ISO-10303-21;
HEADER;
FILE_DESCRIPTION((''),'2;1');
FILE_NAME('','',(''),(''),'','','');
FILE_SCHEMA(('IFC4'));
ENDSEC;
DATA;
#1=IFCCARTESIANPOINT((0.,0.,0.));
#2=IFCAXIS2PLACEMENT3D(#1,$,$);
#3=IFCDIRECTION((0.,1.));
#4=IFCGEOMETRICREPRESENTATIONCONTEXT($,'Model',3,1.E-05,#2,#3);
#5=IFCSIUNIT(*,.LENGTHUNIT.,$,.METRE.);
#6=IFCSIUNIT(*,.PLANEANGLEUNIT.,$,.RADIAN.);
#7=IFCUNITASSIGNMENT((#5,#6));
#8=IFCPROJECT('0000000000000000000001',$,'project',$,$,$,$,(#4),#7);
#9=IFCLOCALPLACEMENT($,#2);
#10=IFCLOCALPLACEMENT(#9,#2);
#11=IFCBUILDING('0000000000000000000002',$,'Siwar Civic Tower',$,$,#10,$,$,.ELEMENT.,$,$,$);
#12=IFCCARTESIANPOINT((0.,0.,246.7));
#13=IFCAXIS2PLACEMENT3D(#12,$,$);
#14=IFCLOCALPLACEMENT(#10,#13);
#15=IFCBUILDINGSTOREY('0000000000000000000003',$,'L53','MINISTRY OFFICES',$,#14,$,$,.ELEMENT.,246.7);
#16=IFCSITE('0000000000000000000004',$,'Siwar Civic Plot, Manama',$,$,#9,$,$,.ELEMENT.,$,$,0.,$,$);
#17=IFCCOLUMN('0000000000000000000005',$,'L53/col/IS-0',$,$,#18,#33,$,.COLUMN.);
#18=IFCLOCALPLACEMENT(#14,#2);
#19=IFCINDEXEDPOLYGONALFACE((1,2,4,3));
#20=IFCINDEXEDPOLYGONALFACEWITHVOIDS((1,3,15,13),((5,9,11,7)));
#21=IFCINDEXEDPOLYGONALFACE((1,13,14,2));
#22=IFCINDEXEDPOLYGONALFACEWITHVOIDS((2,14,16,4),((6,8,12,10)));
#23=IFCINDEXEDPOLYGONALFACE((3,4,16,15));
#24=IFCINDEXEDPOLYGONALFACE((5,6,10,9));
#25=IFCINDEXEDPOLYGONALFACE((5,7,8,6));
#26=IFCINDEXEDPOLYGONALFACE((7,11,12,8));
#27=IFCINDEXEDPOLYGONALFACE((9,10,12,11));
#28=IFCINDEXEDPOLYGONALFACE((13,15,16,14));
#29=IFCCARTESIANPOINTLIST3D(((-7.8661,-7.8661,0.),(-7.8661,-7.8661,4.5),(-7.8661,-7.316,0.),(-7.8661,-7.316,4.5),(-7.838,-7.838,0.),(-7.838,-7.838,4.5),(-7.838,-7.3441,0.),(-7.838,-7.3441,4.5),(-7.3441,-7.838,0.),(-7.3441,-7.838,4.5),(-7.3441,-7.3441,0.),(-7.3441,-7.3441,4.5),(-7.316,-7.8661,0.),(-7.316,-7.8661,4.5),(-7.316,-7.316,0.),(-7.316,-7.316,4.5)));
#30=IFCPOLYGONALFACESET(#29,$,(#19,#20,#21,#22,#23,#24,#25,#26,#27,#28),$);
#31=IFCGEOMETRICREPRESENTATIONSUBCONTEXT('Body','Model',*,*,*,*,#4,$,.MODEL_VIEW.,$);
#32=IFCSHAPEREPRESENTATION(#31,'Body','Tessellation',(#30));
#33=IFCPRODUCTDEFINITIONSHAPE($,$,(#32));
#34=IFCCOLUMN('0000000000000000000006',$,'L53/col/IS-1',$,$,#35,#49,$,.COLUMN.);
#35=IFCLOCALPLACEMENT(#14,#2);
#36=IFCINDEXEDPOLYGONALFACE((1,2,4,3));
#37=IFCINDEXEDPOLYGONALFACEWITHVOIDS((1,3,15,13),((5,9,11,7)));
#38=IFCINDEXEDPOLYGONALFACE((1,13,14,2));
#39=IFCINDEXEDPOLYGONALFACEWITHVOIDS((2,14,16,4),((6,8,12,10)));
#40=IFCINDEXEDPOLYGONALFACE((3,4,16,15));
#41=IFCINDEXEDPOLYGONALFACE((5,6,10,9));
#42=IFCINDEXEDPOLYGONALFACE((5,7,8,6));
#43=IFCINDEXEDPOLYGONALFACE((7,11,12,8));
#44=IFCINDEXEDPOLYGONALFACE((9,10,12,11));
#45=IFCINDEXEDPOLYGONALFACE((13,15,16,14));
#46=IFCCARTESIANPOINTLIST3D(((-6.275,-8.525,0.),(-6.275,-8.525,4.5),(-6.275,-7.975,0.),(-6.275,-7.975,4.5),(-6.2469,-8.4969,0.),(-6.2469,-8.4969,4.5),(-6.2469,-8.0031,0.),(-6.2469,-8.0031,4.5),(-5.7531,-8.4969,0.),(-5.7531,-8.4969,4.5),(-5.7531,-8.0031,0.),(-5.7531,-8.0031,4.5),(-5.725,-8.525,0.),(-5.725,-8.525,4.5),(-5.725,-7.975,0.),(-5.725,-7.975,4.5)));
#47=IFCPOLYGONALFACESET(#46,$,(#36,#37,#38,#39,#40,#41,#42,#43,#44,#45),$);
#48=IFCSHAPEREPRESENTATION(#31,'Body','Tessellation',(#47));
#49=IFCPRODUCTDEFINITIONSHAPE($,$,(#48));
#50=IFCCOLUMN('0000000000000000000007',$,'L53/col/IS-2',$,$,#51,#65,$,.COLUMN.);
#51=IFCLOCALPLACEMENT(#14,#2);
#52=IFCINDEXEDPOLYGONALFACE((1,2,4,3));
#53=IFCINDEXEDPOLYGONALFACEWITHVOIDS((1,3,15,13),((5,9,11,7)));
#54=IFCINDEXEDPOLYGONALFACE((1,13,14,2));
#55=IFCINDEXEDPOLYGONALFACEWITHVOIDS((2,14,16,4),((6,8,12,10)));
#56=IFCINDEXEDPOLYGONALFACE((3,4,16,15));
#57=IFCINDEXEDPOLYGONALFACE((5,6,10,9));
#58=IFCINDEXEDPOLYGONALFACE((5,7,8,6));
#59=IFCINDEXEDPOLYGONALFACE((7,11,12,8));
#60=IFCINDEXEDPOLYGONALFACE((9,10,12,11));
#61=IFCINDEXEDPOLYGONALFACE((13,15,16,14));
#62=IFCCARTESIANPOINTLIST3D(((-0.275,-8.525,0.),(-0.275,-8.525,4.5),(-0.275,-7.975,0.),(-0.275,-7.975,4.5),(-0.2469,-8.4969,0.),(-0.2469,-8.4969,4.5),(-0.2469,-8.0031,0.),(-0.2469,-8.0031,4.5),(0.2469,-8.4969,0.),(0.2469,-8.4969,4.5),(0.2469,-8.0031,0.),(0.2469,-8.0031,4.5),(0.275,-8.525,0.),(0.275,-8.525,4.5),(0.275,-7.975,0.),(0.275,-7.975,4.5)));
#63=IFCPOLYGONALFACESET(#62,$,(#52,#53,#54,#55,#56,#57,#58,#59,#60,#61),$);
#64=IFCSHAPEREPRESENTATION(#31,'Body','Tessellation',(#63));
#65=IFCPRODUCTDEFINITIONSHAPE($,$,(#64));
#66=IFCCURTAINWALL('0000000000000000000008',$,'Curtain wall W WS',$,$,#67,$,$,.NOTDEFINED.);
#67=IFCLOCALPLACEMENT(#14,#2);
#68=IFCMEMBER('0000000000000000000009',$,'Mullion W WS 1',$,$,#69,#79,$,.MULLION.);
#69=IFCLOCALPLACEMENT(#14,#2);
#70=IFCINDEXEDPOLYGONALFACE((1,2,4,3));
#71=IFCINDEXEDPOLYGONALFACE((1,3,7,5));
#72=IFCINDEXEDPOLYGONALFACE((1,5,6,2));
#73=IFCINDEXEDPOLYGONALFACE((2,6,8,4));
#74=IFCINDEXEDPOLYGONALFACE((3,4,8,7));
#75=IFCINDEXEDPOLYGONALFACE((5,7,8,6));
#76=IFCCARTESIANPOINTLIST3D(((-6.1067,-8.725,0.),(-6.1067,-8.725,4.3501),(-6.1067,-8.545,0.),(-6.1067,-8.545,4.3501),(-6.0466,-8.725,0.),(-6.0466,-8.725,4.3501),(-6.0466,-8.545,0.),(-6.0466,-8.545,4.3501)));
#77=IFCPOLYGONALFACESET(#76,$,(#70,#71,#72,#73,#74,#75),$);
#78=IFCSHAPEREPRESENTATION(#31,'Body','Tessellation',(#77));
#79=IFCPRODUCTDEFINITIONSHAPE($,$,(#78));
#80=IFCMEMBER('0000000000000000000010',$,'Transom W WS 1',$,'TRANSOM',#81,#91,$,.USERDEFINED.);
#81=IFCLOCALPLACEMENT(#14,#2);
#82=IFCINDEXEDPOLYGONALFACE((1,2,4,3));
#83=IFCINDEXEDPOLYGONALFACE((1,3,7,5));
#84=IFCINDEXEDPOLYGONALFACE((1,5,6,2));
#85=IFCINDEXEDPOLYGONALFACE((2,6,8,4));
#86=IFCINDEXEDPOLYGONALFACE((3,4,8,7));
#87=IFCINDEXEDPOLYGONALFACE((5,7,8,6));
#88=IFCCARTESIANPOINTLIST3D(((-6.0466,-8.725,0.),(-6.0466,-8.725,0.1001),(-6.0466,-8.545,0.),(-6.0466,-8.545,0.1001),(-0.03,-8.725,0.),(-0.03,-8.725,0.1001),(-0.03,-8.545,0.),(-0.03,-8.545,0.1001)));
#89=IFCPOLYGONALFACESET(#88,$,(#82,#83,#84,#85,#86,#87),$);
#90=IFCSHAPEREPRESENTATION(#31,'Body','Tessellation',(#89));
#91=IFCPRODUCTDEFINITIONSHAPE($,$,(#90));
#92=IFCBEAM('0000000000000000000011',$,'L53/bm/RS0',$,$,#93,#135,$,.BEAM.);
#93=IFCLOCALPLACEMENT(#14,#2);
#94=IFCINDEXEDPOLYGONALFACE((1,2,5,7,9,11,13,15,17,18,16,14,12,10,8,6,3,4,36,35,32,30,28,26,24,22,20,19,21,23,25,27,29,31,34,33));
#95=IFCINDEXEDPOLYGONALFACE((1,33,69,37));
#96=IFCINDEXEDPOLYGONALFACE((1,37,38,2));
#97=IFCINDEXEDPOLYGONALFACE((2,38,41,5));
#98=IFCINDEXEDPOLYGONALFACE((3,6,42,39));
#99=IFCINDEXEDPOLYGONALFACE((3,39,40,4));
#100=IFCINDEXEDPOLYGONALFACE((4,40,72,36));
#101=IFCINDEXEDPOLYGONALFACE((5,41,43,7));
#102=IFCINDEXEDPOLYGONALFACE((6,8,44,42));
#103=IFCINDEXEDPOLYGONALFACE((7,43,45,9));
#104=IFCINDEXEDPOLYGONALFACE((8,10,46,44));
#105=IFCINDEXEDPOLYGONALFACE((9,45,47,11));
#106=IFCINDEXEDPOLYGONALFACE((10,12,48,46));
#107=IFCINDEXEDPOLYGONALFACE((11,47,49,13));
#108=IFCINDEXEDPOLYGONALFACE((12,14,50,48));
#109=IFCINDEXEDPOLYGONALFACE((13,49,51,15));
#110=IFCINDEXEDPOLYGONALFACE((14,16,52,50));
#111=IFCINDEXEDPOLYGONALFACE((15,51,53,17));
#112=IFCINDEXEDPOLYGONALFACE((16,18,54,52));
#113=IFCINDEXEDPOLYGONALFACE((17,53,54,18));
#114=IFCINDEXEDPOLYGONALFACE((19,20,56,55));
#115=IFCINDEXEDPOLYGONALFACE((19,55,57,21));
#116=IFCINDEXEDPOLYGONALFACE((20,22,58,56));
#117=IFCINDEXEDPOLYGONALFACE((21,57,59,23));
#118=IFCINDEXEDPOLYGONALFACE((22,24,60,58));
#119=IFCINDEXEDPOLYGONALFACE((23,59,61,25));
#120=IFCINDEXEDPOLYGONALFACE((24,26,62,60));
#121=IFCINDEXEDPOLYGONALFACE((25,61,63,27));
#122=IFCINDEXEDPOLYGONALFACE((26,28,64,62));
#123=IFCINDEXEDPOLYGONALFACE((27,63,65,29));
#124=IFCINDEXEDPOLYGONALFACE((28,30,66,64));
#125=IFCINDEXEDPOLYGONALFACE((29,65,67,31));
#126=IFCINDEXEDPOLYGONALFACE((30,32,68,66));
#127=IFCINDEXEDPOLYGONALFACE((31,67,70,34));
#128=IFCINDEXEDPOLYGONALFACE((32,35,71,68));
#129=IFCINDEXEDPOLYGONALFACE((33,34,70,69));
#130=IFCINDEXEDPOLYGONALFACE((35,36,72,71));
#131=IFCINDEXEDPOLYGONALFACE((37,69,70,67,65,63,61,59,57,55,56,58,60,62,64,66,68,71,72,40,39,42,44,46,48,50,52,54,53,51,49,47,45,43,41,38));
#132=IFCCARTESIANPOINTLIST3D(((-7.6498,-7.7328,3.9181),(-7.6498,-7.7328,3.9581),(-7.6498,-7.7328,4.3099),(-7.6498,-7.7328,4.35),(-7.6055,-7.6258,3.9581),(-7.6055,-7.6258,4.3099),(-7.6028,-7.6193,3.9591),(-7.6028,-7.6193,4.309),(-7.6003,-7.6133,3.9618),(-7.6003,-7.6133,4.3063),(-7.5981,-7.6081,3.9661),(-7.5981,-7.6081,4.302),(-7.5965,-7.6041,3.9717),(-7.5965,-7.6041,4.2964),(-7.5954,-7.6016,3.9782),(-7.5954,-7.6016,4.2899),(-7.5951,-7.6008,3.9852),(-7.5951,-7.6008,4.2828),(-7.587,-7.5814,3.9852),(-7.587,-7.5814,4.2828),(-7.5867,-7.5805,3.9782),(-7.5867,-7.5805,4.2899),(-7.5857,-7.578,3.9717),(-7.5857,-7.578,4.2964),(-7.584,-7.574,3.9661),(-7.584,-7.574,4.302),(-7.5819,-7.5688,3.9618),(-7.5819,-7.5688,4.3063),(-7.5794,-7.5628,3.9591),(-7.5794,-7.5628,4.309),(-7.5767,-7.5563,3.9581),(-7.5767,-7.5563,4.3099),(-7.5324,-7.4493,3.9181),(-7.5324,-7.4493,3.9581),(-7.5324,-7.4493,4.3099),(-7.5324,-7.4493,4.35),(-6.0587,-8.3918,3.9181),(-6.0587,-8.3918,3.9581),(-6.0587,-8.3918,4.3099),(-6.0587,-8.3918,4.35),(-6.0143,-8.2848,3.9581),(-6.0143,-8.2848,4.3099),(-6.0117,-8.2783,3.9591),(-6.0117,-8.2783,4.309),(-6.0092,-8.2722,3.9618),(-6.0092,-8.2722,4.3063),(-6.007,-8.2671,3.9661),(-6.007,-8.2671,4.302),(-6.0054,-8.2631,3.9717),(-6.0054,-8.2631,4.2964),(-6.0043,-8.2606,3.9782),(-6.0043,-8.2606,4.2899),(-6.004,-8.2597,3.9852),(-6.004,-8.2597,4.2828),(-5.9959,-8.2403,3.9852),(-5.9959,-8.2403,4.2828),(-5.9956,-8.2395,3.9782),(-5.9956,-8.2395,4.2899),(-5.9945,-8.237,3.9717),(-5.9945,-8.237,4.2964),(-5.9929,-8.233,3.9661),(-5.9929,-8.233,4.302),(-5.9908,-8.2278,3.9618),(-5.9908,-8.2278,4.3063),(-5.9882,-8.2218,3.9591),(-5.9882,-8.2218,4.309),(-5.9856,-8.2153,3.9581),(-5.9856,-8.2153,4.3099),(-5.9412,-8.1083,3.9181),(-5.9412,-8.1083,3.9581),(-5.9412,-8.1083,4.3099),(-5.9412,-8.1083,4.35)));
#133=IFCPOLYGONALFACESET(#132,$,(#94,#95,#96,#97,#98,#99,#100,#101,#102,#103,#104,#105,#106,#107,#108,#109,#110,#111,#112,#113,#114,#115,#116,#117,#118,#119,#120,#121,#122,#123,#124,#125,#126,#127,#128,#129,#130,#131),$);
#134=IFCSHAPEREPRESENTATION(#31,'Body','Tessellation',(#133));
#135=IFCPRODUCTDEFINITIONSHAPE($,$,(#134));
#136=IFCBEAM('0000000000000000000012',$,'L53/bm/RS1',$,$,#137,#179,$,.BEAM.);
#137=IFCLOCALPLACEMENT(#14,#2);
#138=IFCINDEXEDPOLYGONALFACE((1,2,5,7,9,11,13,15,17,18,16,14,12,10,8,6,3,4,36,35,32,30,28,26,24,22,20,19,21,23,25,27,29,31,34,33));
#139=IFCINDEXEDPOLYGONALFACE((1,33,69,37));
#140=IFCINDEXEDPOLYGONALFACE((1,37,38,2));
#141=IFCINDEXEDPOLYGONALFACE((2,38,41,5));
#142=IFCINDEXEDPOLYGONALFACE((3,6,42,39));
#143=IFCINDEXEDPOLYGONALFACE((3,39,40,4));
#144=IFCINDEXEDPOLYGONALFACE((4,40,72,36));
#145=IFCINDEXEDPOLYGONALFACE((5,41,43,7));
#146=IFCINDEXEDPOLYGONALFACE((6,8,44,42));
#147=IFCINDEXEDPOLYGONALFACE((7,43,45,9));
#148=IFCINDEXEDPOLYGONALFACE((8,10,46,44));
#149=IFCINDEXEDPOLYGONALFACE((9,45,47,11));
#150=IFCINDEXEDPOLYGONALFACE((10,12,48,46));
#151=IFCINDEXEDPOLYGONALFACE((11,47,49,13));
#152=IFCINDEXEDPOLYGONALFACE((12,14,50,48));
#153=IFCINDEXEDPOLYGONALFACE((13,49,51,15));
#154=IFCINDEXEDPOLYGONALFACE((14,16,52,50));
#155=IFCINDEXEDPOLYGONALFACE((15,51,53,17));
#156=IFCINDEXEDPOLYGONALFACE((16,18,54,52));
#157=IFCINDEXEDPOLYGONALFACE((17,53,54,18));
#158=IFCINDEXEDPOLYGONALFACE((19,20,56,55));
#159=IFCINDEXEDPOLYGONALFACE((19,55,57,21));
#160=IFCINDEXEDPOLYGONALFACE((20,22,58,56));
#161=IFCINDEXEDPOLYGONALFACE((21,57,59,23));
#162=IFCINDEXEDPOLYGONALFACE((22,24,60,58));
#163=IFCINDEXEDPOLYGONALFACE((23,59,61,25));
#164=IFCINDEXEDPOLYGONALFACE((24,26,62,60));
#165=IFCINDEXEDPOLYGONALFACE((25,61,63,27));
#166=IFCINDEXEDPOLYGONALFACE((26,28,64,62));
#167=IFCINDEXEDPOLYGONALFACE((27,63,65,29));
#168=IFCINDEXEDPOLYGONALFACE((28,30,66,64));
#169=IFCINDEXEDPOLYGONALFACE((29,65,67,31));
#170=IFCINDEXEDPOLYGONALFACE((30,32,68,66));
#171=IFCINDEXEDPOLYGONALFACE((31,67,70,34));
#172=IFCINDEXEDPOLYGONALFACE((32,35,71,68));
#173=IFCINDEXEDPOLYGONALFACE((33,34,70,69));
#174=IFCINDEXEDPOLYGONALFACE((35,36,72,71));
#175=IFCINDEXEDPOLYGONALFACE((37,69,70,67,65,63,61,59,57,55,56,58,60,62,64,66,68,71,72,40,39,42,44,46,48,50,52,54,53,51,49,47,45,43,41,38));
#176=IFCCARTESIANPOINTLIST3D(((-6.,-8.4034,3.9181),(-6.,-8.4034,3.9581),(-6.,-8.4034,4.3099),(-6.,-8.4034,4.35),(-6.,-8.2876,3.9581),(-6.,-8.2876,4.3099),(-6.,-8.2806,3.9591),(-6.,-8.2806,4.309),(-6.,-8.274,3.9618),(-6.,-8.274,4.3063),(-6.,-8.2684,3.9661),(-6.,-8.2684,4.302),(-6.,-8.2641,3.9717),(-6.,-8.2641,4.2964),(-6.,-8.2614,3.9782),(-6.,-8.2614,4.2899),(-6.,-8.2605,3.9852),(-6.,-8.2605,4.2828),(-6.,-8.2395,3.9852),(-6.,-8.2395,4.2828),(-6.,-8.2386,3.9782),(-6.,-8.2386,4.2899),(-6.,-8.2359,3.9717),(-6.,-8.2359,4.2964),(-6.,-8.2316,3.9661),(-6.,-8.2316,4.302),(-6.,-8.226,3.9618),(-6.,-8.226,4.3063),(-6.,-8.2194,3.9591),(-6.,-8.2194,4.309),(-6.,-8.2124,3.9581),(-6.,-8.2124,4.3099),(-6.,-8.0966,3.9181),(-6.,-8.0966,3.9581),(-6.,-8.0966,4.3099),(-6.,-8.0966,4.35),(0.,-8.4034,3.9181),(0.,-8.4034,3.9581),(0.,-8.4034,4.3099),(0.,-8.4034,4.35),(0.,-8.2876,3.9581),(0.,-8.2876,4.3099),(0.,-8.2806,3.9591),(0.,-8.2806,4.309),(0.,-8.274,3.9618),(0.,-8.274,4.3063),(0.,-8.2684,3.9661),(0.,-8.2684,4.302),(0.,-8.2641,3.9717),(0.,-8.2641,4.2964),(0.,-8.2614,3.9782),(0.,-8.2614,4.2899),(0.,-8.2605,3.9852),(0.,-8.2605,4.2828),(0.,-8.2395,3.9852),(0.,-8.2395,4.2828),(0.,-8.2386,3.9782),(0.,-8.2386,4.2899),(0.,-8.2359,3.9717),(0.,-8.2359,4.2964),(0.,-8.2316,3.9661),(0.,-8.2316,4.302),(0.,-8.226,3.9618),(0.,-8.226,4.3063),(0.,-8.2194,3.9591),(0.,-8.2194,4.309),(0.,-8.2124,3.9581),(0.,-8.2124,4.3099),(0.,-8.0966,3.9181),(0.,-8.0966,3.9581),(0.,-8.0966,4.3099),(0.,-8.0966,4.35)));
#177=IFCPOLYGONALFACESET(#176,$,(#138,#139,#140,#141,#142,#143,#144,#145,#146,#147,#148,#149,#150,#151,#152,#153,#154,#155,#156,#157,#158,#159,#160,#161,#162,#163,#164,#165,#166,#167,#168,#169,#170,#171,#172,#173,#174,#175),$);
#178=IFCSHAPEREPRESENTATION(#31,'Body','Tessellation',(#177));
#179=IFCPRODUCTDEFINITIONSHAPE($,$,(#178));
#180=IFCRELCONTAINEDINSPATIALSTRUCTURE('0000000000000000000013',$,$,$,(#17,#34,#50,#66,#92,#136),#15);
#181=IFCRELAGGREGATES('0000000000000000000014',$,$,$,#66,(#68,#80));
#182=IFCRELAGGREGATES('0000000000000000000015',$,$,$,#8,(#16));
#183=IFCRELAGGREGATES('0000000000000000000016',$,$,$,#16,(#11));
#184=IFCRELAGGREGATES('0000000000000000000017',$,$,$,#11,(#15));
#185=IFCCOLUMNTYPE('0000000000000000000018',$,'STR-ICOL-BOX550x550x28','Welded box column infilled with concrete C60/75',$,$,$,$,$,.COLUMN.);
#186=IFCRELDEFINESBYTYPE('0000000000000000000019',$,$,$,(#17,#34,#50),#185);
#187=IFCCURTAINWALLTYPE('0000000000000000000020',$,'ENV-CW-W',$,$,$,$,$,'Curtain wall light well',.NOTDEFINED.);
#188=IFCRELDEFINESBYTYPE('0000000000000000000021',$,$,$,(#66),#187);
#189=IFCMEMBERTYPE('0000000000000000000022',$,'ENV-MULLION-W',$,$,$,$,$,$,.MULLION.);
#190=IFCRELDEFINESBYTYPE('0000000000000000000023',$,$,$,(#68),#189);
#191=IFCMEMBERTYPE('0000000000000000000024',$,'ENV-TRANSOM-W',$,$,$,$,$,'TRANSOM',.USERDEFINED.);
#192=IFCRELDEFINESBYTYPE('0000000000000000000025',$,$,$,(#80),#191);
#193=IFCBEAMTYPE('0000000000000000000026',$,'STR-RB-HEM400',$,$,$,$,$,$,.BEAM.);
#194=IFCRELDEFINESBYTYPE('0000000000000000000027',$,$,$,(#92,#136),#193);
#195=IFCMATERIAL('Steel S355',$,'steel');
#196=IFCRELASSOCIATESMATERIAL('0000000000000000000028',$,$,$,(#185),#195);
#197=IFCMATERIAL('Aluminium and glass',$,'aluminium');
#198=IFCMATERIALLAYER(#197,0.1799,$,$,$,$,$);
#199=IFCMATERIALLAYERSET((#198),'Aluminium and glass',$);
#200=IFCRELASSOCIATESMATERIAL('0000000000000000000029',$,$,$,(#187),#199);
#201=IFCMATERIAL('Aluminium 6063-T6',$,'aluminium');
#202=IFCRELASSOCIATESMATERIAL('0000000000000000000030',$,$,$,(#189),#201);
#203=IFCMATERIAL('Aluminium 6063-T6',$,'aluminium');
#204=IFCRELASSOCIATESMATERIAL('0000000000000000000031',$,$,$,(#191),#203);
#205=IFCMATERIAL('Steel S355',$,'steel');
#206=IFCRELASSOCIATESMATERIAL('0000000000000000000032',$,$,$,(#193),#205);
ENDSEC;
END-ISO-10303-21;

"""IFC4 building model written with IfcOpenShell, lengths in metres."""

from ifc_helpers import new_model, si_unit, direction, frame, origin, origin_2d, place, context, subcontext, project, spatial, rectangle, hollow_rectangle, i_section, extrude, material, layer, layer_set, material_profile, profile_set, type_object, element, aggregate, save


model = new_model("IFC4")

# Units and contexts
model_context = context("Model", 3, precision=1e-05, world=origin(), true_north=direction((0.0, 1.0)))
body_context = subcontext(model_context, "Body", "Model", "MODEL_VIEW")
ifc_project = project(units=[si_unit("LENGTHUNIT", "METRE"), si_unit("PLANEANGLEUNIT", "RADIAN")], contexts=[model_context])

# Site, building, storey
site_placement = place(None, origin())
site = spatial("IfcSite", under=ifc_project, at=site_placement, Name="Siwar Civic Plot, Manama", CompositionType="ELEMENT", RefElevation=0.0)
building_placement = place(site_placement, origin())
building = spatial("IfcBuilding", under=site, at=building_placement, Name="Siwar Civic Tower", CompositionType="ELEMENT")
storey_placement = place(building_placement, frame((0.0, 0.0, 246.7)))
storey = spatial("IfcBuildingStorey", under=building, at=storey_placement, Name="L53", Description="MINISTRY OFFICES", CompositionType="ELEMENT", Elevation=246.7)

# Columns
ifc_material_1 = material(Name="Steel S355", Category="steel")
ifc_material_profile_1 = material_profile(ifc_material_1, hollow_rectangle(XDim=0.55, YDim=0.55, WallThickness=0.0281, at=origin_2d()), Name="BOX550x550x28")
ifc_profile_set_1 = profile_set([ifc_material_profile_1], Name="Steel S355")
column_type = type_object("IfcColumnType", Name="STR-ICOL-BOX550x550x28", Description="Welded box column infilled with concrete C60/75", PredefinedType="COLUMN", material=ifc_profile_set_1)
for number, where, z_axis, x_axis, name in (
    (1, (-7.5911, -7.5911, 0.0), (0.0, 0.0, 1.0), (1.0, 0.0, 0.0), "L53/col/IS-0"),
    (2, (-6.0, -8.25, 0.0), (0.0, 0.0, 1.0), (1.0, 0.0, 0.0), "L53/col/IS-1"),
    (3, (0.0, -8.25, 0.0), (0.0, 0.0, 1.0), (1.0, 0.0, 0.0), "L53/col/IS-2"),
):
    element("IfcColumn", number, at=place(storey_placement, frame(where, z_axis=z_axis, x_axis=x_axis)), inside=storey, type_object=column_type, Name=name, PredefinedType="COLUMN", context=body_context, shape_type="SweptSolid", body=[
        extrude(hollow_rectangle(XDim=0.55, YDim=0.55, WallThickness=0.0281, at=origin_2d()), origin(), (0.0, 0.0, 1.0), 4.5),
    ])

# Curtain wall, members
ifc_material_2 = material(Name="Aluminium and glass", Category="aluminium")
ifc_layer_1 = layer(ifc_material_2, 0.1799)
ifc_layer_set_1 = layer_set([ifc_layer_1], Name="Aluminium and glass")
curtain_wall_type = type_object("IfcCurtainWallType", Name="ENV-CW-W", ElementType="Curtain wall light well", PredefinedType="NOTDEFINED", material=ifc_layer_set_1)
curtain_wall_placement = place(storey_placement, origin())
curtain_wall = element("IfcCurtainWall", 4, at=curtain_wall_placement, inside=storey, type_object=curtain_wall_type, Name="Curtain wall W WS", PredefinedType="NOTDEFINED")
ifc_material_3 = material(Name="Aluminium 6063-T6", Category="aluminium")
ifc_material_profile_2 = material_profile(ifc_material_3, rectangle(XDim=0.1799, YDim=0.0601, at=origin_2d()), Name="AL 180x60")
ifc_profile_set_2 = profile_set([ifc_material_profile_2], Name="Aluminium 6063-T6")
member_type_1 = type_object("IfcMemberType", Name="ENV-MULLION-W", PredefinedType="MULLION", material=ifc_profile_set_2)
member_1_placement = place(storey_placement, frame((-6.0767, -8.635, 0.0), z_axis=(0.0, 0.0, 1.0), x_axis=(0.0, 1.0, 0.0)))
member_1 = element("IfcMember", 5, at=member_1_placement, type_object=member_type_1, Name="Mullion W WS 1", PredefinedType="MULLION", context=body_context, shape_type="SweptSolid", body=[
    extrude(rectangle(XDim=0.1799, YDim=0.0601, at=origin_2d()), origin(), (0.0, 0.0, 1.0), 4.3501),
])
ifc_material_4 = material(Name="Aluminium 6063-T6", Category="aluminium")
ifc_material_profile_3 = material_profile(ifc_material_4, rectangle(XDim=0.1799, YDim=0.1001, at=origin_2d()), Name="AL 180x100")
ifc_profile_set_3 = profile_set([ifc_material_profile_3], Name="Aluminium 6063-T6")
member_type_2 = type_object("IfcMemberType", Name="ENV-TRANSOM-W", ElementType="TRANSOM", PredefinedType="USERDEFINED", material=ifc_profile_set_3)
member_2_placement = place(storey_placement, frame((-6.0466, -8.635, 0.05), z_axis=(1.0, 0.0, 0.0), x_axis=(0.0, 1.0, 0.0)))
member_2 = element("IfcMember", 6, at=member_2_placement, type_object=member_type_2, Name="Transom W WS 1", ObjectType="TRANSOM", PredefinedType="USERDEFINED", context=body_context, shape_type="SweptSolid", body=[
    extrude(rectangle(XDim=0.1799, YDim=0.1001, at=origin_2d()), origin(), (0.0, 0.0, 1.0), 6.0166),
])

# Beams
ifc_material_5 = material(Name="Steel S355", Category="steel")
ifc_material_profile_4 = material_profile(ifc_material_5, i_section(OverallWidth=0.3069, OverallDepth=0.4319, WebThickness=0.021, FlangeThickness=0.04, FilletRadius=0.0271, at=origin_2d()), Name="HEM400")
ifc_profile_set_4 = profile_set([ifc_material_profile_4], Name="Steel S355")
beam_type = type_object("IfcBeamType", Name="STR-RB-HEM400", PredefinedType="BEAM", material=ifc_profile_set_4)
beam_1_placement = place(storey_placement, frame((-7.5911, -7.5911, 4.134), z_axis=(0.923901, -0.382631, 0.0), x_axis=(0.382631, 0.923901, 0.0)))
element("IfcBeam", 7, at=beam_1_placement, inside=storey, type_object=beam_type, Name="L53/bm/RS0", PredefinedType="BEAM", context=body_context, shape_type="SweptSolid", body=[
    extrude(i_section(OverallWidth=0.3069, OverallDepth=0.4319, WebThickness=0.021, FlangeThickness=0.04, FilletRadius=0.0271, at=origin_2d()), origin(), (0.0, 0.0, 1.0), 1.7222),
])
for number, where, z_axis, x_axis, name in (
    (8, (-6.0, -8.25, 4.134), (1.0, 0.0, 0.0), (0.0, 1.0, 0.0), "L53/bm/RS1"),
):
    element("IfcBeam", number, at=place(storey_placement, frame(where, z_axis=z_axis, x_axis=x_axis)), inside=storey, type_object=beam_type, Name=name, PredefinedType="BEAM", context=body_context, shape_type="SweptSolid", body=[
        extrude(i_section(OverallWidth=0.3069, OverallDepth=0.4319, WebThickness=0.021, FlangeThickness=0.04, FilletRadius=0.0271, at=origin_2d()), origin(), (0.0, 0.0, 1.0), 6.0),
    ])

aggregate(curtain_wall, [member_1, member_2])

save(model, "model.ifc")
